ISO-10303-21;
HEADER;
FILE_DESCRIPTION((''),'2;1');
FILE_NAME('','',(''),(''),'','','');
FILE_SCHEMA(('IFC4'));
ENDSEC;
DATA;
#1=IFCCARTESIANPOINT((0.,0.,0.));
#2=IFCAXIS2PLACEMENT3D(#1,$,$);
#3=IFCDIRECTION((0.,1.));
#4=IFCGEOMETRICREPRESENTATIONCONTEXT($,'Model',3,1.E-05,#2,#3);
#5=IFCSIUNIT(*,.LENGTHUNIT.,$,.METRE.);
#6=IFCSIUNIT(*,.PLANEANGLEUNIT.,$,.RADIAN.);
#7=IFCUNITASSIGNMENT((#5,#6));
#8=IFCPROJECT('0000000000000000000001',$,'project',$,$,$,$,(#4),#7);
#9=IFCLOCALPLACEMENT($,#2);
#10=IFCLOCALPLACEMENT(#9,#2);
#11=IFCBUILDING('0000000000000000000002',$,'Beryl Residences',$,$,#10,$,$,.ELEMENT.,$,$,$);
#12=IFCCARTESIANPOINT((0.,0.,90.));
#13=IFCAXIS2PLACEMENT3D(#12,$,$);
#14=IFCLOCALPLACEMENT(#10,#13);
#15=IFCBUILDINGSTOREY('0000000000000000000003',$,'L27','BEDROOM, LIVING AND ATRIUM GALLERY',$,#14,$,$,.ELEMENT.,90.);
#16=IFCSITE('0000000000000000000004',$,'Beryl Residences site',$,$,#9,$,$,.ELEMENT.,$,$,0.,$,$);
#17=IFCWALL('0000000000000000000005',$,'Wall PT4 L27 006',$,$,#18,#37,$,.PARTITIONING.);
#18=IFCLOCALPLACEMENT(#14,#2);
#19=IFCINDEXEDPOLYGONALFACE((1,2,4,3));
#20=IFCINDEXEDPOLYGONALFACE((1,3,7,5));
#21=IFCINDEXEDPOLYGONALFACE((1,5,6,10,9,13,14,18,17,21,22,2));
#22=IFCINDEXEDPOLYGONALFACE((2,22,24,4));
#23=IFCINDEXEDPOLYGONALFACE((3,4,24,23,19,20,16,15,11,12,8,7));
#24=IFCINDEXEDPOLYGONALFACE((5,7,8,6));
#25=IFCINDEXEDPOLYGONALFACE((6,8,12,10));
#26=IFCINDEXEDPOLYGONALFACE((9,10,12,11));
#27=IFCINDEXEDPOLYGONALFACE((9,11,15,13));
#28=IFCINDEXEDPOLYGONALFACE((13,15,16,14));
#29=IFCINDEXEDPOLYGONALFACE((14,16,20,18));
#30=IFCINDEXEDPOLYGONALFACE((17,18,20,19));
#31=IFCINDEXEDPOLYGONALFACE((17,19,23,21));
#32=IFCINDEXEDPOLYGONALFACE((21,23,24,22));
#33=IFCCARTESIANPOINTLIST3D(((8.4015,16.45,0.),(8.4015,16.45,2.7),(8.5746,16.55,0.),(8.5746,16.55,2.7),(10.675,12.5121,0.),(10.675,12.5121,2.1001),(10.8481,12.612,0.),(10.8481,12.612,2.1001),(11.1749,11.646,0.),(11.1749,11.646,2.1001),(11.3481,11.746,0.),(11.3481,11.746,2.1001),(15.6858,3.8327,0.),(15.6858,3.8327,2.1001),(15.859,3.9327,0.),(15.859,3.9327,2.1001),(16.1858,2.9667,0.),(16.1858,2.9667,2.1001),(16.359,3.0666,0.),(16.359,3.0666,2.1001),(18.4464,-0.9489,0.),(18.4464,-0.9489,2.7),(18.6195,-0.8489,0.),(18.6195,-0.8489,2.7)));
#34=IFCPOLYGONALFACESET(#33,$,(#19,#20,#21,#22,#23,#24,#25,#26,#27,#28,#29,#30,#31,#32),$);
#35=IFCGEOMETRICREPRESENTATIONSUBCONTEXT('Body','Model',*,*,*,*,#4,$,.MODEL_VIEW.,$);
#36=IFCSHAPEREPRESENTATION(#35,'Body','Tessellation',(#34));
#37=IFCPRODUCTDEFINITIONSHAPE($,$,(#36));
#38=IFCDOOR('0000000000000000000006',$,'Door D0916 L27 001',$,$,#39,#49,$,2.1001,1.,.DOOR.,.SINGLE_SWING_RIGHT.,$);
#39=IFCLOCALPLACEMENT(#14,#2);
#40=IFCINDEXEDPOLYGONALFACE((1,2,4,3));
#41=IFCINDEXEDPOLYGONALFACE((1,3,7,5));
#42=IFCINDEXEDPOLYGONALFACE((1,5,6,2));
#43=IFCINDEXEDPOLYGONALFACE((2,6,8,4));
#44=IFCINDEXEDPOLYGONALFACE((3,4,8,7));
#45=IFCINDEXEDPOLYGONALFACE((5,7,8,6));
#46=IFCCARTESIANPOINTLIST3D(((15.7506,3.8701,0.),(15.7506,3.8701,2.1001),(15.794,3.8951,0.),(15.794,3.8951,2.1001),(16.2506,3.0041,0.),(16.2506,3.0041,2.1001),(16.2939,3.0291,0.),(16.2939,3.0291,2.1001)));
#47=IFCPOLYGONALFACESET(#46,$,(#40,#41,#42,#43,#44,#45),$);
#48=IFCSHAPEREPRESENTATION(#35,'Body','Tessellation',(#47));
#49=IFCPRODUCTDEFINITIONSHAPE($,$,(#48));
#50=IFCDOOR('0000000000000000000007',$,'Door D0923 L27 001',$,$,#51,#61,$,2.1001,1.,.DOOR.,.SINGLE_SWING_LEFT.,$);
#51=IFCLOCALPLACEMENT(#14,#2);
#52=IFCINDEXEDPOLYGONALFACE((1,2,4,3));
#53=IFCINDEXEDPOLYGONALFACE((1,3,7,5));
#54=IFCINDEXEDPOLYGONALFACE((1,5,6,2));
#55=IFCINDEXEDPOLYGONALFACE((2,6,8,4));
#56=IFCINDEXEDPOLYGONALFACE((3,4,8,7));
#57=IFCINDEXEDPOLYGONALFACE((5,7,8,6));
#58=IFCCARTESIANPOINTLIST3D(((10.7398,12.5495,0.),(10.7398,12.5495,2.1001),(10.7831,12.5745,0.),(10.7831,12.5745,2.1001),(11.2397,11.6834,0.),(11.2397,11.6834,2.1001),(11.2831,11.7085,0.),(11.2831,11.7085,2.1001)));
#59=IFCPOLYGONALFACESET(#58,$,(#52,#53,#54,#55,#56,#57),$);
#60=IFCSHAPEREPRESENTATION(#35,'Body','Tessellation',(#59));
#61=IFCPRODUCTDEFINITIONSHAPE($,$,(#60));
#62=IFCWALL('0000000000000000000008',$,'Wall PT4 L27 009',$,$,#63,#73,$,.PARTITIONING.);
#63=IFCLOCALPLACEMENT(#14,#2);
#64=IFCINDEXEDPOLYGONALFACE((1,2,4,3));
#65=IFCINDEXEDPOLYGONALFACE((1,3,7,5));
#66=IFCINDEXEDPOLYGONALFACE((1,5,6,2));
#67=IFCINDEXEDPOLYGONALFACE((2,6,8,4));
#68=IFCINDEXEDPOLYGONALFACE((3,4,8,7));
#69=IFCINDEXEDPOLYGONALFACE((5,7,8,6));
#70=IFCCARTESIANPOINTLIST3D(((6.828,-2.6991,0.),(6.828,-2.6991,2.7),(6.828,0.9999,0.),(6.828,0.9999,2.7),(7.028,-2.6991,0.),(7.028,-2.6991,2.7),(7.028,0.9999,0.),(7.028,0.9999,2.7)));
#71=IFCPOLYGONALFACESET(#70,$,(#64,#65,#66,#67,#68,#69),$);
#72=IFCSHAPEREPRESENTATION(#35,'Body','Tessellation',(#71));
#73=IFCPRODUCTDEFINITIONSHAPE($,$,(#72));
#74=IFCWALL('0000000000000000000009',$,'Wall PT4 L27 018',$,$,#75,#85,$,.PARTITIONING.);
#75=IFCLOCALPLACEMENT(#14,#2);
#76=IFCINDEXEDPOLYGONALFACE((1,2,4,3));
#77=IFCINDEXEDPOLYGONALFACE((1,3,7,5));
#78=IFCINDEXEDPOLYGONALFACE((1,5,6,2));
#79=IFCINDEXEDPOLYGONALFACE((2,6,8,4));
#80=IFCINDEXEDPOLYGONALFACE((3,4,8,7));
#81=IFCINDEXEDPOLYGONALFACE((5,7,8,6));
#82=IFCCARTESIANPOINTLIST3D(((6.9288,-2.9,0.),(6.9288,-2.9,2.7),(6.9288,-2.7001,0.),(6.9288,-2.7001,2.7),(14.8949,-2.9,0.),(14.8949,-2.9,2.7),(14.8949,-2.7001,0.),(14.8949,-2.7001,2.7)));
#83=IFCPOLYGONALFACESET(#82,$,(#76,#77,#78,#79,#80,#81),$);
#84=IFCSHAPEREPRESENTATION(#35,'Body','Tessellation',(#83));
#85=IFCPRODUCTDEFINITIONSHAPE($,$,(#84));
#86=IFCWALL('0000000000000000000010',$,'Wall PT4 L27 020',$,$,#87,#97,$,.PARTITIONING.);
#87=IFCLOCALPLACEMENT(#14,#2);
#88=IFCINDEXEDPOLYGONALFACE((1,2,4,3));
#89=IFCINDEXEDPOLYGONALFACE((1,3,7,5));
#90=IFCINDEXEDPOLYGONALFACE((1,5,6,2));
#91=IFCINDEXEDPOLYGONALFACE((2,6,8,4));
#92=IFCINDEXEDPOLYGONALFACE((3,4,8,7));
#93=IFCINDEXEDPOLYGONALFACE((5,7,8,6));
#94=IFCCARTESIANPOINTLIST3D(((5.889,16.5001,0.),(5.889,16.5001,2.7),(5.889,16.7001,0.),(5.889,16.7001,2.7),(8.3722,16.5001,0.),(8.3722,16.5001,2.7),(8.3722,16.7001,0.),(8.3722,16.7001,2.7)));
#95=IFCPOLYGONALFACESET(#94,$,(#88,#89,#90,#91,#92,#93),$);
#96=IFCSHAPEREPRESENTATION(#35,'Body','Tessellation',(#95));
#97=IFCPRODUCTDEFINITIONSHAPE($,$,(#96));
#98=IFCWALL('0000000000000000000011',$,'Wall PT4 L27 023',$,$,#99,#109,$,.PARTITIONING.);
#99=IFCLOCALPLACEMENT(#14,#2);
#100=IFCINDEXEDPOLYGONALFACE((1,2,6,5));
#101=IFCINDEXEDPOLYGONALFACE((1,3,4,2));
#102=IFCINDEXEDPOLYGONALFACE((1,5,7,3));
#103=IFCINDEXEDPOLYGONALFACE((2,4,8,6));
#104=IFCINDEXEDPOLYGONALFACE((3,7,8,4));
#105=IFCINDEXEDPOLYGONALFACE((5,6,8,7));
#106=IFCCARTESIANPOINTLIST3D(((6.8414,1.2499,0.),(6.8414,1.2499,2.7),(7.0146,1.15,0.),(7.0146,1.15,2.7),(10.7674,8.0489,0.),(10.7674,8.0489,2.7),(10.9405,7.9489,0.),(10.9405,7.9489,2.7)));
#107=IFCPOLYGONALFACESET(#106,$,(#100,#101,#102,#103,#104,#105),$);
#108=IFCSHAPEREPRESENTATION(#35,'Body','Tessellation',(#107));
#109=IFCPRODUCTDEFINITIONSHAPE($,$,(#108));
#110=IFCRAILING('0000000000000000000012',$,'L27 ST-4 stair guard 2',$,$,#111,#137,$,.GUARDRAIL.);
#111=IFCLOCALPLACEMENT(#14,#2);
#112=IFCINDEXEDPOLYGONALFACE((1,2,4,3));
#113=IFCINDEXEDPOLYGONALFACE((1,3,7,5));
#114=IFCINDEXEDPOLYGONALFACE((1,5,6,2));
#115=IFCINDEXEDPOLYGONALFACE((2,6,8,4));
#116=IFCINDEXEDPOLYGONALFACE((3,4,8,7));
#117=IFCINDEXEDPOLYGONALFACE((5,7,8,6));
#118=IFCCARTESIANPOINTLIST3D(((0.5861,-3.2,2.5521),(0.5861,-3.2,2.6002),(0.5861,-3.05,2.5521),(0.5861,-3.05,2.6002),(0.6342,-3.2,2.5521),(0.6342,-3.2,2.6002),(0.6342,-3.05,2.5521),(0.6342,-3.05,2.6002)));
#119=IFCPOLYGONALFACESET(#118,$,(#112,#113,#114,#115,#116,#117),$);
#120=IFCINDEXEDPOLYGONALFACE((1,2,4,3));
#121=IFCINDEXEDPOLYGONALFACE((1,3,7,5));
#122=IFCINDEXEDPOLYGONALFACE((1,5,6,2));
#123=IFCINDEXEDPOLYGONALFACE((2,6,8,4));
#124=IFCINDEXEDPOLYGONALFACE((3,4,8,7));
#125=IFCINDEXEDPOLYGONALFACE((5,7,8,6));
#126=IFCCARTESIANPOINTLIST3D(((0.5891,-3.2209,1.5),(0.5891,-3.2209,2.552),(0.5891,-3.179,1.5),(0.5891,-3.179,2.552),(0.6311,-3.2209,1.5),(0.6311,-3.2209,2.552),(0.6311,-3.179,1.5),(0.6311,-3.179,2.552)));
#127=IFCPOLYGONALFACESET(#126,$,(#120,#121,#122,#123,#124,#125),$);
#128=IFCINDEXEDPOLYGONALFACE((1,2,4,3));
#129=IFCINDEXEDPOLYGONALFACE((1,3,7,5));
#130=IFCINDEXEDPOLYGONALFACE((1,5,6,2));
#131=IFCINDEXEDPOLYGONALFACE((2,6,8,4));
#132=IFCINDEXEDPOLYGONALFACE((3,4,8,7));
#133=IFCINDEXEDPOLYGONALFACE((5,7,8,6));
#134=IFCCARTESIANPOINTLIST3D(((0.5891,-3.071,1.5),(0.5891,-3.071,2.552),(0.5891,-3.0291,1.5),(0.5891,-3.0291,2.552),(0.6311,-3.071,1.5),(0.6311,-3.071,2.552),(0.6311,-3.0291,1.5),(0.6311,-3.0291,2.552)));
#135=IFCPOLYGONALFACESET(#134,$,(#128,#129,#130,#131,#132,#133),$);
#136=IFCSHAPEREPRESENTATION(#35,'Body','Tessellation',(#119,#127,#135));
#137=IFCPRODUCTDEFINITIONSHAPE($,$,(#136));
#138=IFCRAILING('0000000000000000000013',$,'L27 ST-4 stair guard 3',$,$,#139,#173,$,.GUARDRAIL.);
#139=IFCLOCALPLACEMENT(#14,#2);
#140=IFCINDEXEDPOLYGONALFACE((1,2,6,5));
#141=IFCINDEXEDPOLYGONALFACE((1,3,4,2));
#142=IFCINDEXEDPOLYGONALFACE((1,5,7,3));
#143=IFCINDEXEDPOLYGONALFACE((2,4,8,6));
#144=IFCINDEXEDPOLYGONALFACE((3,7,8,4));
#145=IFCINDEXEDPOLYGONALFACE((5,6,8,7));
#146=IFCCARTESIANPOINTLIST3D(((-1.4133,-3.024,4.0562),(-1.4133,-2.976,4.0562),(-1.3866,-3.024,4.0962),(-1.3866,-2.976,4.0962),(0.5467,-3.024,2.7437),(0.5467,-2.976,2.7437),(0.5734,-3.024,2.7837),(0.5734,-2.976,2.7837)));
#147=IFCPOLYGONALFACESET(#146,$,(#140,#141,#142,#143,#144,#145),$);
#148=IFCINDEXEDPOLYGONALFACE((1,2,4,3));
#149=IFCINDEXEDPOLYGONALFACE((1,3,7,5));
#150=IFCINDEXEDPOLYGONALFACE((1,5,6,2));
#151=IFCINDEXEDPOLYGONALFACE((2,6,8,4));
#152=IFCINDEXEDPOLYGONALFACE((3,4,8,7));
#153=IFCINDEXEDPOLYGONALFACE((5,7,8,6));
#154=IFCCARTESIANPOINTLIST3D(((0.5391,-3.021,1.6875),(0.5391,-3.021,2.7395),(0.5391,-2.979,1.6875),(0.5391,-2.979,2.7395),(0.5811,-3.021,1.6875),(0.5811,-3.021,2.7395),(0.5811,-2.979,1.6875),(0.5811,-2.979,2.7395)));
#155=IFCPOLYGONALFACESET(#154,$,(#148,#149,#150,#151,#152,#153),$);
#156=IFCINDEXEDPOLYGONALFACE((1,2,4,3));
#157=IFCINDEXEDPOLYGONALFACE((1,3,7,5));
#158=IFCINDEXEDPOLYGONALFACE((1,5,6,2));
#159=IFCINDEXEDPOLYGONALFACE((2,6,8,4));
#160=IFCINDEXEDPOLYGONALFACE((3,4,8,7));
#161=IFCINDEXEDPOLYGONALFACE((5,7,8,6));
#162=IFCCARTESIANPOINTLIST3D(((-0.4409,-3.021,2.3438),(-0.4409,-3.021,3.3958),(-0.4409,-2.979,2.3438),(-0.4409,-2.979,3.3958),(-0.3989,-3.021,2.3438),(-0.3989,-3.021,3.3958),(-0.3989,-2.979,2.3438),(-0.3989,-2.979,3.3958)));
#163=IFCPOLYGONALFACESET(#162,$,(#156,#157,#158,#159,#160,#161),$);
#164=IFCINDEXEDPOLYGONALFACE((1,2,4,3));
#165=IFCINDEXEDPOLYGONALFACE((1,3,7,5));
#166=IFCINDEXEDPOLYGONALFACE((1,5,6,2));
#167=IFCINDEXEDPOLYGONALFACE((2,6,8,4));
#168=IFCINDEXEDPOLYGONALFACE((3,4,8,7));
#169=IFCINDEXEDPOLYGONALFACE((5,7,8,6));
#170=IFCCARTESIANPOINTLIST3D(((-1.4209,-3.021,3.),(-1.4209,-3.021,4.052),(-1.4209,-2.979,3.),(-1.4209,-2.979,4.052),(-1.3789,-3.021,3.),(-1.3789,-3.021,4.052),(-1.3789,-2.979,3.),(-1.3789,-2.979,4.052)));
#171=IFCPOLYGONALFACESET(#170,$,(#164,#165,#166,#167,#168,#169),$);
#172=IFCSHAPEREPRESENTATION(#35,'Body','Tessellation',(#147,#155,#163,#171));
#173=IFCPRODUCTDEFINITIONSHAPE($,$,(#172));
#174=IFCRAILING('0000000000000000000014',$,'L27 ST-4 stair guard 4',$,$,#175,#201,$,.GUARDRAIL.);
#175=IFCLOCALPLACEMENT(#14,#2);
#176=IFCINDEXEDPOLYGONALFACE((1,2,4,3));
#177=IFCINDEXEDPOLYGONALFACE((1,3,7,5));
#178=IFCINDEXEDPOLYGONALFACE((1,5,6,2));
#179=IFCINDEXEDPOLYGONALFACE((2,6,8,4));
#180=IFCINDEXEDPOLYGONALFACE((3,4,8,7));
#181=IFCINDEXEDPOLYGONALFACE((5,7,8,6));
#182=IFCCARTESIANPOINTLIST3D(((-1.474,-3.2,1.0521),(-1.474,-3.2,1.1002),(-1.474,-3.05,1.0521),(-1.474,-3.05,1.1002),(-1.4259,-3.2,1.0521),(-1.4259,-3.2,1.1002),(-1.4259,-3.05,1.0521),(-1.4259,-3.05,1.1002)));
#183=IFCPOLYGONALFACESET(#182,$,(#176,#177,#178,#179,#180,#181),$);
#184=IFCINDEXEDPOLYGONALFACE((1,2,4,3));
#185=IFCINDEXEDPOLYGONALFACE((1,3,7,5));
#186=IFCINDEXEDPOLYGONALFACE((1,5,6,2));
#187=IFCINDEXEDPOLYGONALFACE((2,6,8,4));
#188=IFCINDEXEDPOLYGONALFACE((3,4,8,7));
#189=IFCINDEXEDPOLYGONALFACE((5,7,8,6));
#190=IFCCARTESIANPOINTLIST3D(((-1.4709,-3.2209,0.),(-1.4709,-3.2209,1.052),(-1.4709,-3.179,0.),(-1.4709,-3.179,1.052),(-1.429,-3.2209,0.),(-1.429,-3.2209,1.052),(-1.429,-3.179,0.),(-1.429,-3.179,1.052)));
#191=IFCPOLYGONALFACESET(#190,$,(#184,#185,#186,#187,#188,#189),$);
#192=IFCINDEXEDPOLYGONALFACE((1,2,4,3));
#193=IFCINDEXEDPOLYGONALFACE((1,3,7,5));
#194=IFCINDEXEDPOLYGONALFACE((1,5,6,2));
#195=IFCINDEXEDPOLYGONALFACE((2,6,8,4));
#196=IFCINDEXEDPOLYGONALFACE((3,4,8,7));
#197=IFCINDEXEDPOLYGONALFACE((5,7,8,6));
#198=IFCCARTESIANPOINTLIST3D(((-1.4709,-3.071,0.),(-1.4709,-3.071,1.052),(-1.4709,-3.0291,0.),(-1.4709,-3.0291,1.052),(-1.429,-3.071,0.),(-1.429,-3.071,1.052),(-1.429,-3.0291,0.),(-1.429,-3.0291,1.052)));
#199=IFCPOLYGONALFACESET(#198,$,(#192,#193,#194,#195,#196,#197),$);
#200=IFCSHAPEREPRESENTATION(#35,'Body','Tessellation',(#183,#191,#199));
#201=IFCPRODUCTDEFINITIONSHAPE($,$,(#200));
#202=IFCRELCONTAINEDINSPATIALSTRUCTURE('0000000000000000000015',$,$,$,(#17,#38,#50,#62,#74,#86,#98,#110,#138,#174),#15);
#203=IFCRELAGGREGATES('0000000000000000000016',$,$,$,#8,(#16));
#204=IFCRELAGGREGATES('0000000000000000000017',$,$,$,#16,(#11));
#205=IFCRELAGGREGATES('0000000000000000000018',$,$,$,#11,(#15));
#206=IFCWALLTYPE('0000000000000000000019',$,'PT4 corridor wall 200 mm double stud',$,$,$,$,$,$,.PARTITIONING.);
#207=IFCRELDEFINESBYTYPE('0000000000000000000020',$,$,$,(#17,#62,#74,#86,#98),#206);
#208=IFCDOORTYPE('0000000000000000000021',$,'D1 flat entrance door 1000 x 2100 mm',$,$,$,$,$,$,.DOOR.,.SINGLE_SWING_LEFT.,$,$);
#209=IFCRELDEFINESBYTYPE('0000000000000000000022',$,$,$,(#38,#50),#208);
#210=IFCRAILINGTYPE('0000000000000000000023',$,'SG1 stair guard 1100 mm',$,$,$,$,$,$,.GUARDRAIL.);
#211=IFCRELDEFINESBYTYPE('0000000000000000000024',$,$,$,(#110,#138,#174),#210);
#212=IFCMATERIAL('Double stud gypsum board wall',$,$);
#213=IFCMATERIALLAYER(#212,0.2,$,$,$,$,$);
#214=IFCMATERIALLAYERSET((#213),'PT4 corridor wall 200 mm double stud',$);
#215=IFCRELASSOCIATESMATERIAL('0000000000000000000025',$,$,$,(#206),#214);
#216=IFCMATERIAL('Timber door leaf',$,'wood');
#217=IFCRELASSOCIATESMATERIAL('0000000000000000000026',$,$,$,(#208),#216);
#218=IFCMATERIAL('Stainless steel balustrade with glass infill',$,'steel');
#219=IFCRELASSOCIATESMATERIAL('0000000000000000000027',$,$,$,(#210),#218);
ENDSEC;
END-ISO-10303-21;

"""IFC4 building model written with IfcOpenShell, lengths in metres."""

from ifc_helpers import new_model, si_unit, direction, frame, frame_2d, origin, origin_2d, place, context, subcontext, project, spatial, rectangle, extrude, material, layer, layer_set, type_object, element, fill, save


model = new_model("IFC4")

# Units and contexts
model_context = context("Model", 3, precision=1e-05, world=origin(), true_north=direction((0.0, 1.0)))
body_context = subcontext(model_context, "Body", "Model", "MODEL_VIEW")
ifc_project = project(units=[si_unit("LENGTHUNIT", "METRE"), si_unit("PLANEANGLEUNIT", "RADIAN")], contexts=[model_context])

# Site, building, storey
site_placement = place(None, origin())
site = spatial("IfcSite", under=ifc_project, at=site_placement, Name="Beryl Residences site", CompositionType="ELEMENT", RefElevation=0.0)
building_placement = place(site_placement, origin())
building = spatial("IfcBuilding", under=site, at=building_placement, Name="Beryl Residences", CompositionType="ELEMENT")
storey_placement = place(building_placement, frame((0.0, 0.0, 90.0)))
storey = spatial("IfcBuildingStorey", under=building, at=storey_placement, Name="L27", Description="BEDROOM, LIVING AND ATRIUM GALLERY", CompositionType="ELEMENT", Elevation=90.0)

# Wall, openings, doors
ifc_material_1 = material(Name="Double stud gypsum board wall")
ifc_layer_1 = layer(ifc_material_1, 0.2)
ifc_layer_set_1 = layer_set([ifc_layer_1], Name="PT4 corridor wall 200 mm double stud")
wall_type_1 = type_object("IfcWallType", Name="PT4 corridor wall 200 mm double stud", PredefinedType="PARTITIONING", material=ifc_layer_set_1)
wall_1_placement = place(storey_placement, frame((8.488, 16.5, 0.0), z_axis=(0.0, 0.0, 1.0), x_axis=(0.499987, -0.866033, 0.0)))
wall_1 = element("IfcWall", 1, at=wall_1_placement, inside=storey, type_object=wall_type_1, Name="Wall PT4 L27 006", PredefinedType="PARTITIONING", context=body_context, shape_type="SweptSolid", body=[
    extrude(rectangle(XDim=20.0903, YDim=0.2, at=frame_2d((10.0452, 0.0))), origin(), (0.0, 0.0, 1.0), 2.7),
])
opening_1_placement = place(wall_1_placement, frame((14.5691, 0.0, 0.0)))
opening_1 = element("IfcOpeningElement", 2, at=opening_1_placement, cuts=wall_1, PredefinedType="OPENING", context=body_context, shape_type="SweptSolid", body=[
    extrude(rectangle(XDim=1.0, YDim=2.1001, at=frame_2d((0.5, 1.05))), frame((0.0, 0.1099, 0.0), z_axis=(0.0, -1.0, 0.0), x_axis=(1.0, 0.0, 0.0)), (0.0, 0.0, 1.0), 0.22),
])
opening_2_placement = place(wall_1_placement, frame((4.5471, 0.0, 0.0)))
opening_2 = element("IfcOpeningElement", 3, at=opening_2_placement, cuts=wall_1, PredefinedType="OPENING", context=body_context, shape_type="SweptSolid", body=[
    extrude(rectangle(XDim=1.0, YDim=2.1001, at=frame_2d((0.5, 1.05))), frame((0.0, 0.1099, 0.0), z_axis=(0.0, -1.0, 0.0), x_axis=(1.0, 0.0, 0.0)), (0.0, 0.0, 1.0), 0.22),
])
ifc_material_2 = material(Name="Timber door leaf", Category="wood")
door_type_1 = type_object("IfcDoorType", Name="D1 flat entrance door 1000 x 2100 mm", OperationType="SINGLE_SWING_LEFT", PredefinedType="DOOR", material=ifc_material_2)
door_1_placement = place(opening_1_placement, origin())
door_1 = element("IfcDoor", 4, at=door_1_placement, inside=storey, type_object=door_type_1, Name="Door D0916 L27 001", OperationType="SINGLE_SWING_RIGHT", OverallHeight=2.1001, OverallWidth=1.0, PredefinedType="DOOR", context=body_context, shape_type="SweptSolid", body=[
    extrude(rectangle(XDim=1.0, YDim=2.1001, at=frame_2d((0.5, 1.05))), frame((0.0, 0.0249, 0.0), z_axis=(0.0, -1.0, 0.0), x_axis=(1.0, 0.0, 0.0)), (0.0, 0.0, 1.0), 0.05),
])
fill(opening_1, door_1)
door_2_placement = place(opening_2_placement, origin())
door_2 = element("IfcDoor", 5, at=door_2_placement, inside=storey, type_object=door_type_1, Name="Door D0923 L27 001", OperationType="SINGLE_SWING_LEFT", OverallHeight=2.1001, OverallWidth=1.0, PredefinedType="DOOR", context=body_context, shape_type="SweptSolid", body=[
    extrude(rectangle(XDim=1.0, YDim=2.1001, at=frame_2d((0.5, 1.05))), frame((0.0, 0.0249, 0.0), z_axis=(0.0, -1.0, 0.0), x_axis=(1.0, 0.0, 0.0)), (0.0, 0.0, 1.0), 0.05),
])
fill(opening_2, door_2)

# Walls
wall_2_placement = place(storey_placement, frame((6.928, 1.0, 0.0), z_axis=(0.0, 0.0, 1.0), x_axis=(0.0, -1.0, 0.0)))
element("IfcWall", 6, at=wall_2_placement, inside=storey, type_object=wall_type_1, Name="Wall PT4 L27 009", PredefinedType="PARTITIONING", context=body_context, shape_type="SweptSolid", body=[
    extrude(rectangle(XDim=3.699, YDim=0.2, at=frame_2d((1.8496, 0.0))), origin(), (0.0, 0.0, 1.0), 2.7),
])
wall_3_placement = place(storey_placement, frame((6.929, -2.8, 0.0), z_axis=(0.0, 0.0, 1.0), x_axis=(1.0, 0.0, 0.0)))
element("IfcWall", 7, at=wall_3_placement, inside=storey, type_object=wall_type_1, Name="Wall PT4 L27 018", PredefinedType="PARTITIONING", context=body_context, shape_type="SweptSolid", body=[
    extrude(rectangle(XDim=7.9661, YDim=0.2, at=frame_2d((3.9829, 0.0))), origin(), (0.0, 0.0, 1.0), 2.7),
])
wall_4_placement = place(storey_placement, frame((5.8889, 16.6001, 0.0), z_axis=(0.0, 0.0, 1.0), x_axis=(1.0, 0.0, 0.0)))
element("IfcWall", 8, at=wall_4_placement, inside=storey, type_object=wall_type_1, Name="Wall PT4 L27 020", PredefinedType="PARTITIONING", context=body_context, shape_type="SweptSolid", body=[
    extrude(rectangle(XDim=2.4832, YDim=0.2, at=frame_2d((1.2417, 0.0))), origin(), (0.0, 0.0, 1.0), 2.7),
])
wall_5_placement = place(storey_placement, frame((6.928, 1.2, 0.0), z_axis=(0.0, 0.0, 1.0), x_axis=(0.500055, 0.865993, 0.0)))
element("IfcWall", 9, at=wall_5_placement, inside=storey, type_object=wall_type_1, Name="Wall PT4 L27 023", PredefinedType="PARTITIONING", context=body_context, shape_type="SweptSolid", body=[
    extrude(rectangle(XDim=7.8511, YDim=0.2, at=frame_2d((3.9255, 0.0))), origin(), (0.0, 0.0, 1.0), 2.7),
])

# Railings
ifc_material_3 = material(Name="Stainless steel balustrade with glass infill", Category="steel")
railing_type_1 = type_object("IfcRailingType", Name="SG1 stair guard 1100 mm", PredefinedType="GUARDRAIL", material=ifc_material_3)
railing_1_placement = place(storey_placement, frame((0.6101, -3.2, 1.5)))
element("IfcRailing", 10, at=railing_1_placement, inside=storey, type_object=railing_type_1, Name="L27 ST-4 stair guard 2", PredefinedType="GUARDRAIL", context=body_context, shape_type="SweptSolid", body=[
    extrude(rectangle(XDim=0.0481, YDim=0.0481, at=origin_2d()), frame((0.0, 0.0, 1.0762), z_axis=(0.0, 1.0, 0.0), x_axis=(-1.0, 0.0, 0.0)), (0.0, 0.0, 1.0), 0.1499),
    extrude(rectangle(XDim=0.042, YDim=0.042, at=origin_2d()), origin(), (0.0, 0.0, 1.0), 1.052),
    extrude(rectangle(XDim=0.042, YDim=0.042, at=origin_2d()), frame((0.0, 0.1499, 0.0)), (0.0, 0.0, 1.0), 1.052),
])
railing_2_placement = place(storey_placement, frame((0.5601, -3.0, 1.6875)))
element("IfcRailing", 11, at=railing_2_placement, inside=storey, type_object=railing_type_1, Name="L27 ST-4 stair guard 3", PredefinedType="GUARDRAIL", context=body_context, shape_type="SweptSolid", body=[
    extrude(rectangle(XDim=0.0481, YDim=0.0481, at=origin_2d()), frame((0.0, 0.0, 1.0762), z_axis=(-0.830902, 0.0, 0.556419), x_axis=(0.0, -1.0, 0.0)), (0.0, 0.0, 1.0), 2.3589),
    extrude(rectangle(XDim=0.042, YDim=0.042, at=origin_2d()), origin(), (0.0, 0.0, 1.0), 1.052),
    extrude(rectangle(XDim=0.042, YDim=0.042, at=origin_2d()), frame((-0.98, 0.0, 0.6562)), (0.0, 0.0, 1.0), 1.052),
    extrude(rectangle(XDim=0.042, YDim=0.042, at=origin_2d()), frame((-1.96, 0.0, 1.3125)), (0.0, 0.0, 1.0), 1.052),
])
railing_3_placement = place(storey_placement, frame((-1.45, -3.2, 0.0)))
element("IfcRailing", 12, at=railing_3_placement, inside=storey, type_object=railing_type_1, Name="L27 ST-4 stair guard 4", PredefinedType="GUARDRAIL", context=body_context, shape_type="SweptSolid", body=[
    extrude(rectangle(XDim=0.0481, YDim=0.0481, at=origin_2d()), frame((0.0, 0.0, 1.0762), z_axis=(0.0, 1.0, 0.0), x_axis=(-1.0, 0.0, 0.0)), (0.0, 0.0, 1.0), 0.1499),
    extrude(rectangle(XDim=0.042, YDim=0.042, at=origin_2d()), origin(), (0.0, 0.0, 1.0), 1.052),
    extrude(rectangle(XDim=0.042, YDim=0.042, at=origin_2d()), frame((0.0, 0.1499, 0.0)), (0.0, 0.0, 1.0), 1.052),
])

save(model, "model.ifc")
